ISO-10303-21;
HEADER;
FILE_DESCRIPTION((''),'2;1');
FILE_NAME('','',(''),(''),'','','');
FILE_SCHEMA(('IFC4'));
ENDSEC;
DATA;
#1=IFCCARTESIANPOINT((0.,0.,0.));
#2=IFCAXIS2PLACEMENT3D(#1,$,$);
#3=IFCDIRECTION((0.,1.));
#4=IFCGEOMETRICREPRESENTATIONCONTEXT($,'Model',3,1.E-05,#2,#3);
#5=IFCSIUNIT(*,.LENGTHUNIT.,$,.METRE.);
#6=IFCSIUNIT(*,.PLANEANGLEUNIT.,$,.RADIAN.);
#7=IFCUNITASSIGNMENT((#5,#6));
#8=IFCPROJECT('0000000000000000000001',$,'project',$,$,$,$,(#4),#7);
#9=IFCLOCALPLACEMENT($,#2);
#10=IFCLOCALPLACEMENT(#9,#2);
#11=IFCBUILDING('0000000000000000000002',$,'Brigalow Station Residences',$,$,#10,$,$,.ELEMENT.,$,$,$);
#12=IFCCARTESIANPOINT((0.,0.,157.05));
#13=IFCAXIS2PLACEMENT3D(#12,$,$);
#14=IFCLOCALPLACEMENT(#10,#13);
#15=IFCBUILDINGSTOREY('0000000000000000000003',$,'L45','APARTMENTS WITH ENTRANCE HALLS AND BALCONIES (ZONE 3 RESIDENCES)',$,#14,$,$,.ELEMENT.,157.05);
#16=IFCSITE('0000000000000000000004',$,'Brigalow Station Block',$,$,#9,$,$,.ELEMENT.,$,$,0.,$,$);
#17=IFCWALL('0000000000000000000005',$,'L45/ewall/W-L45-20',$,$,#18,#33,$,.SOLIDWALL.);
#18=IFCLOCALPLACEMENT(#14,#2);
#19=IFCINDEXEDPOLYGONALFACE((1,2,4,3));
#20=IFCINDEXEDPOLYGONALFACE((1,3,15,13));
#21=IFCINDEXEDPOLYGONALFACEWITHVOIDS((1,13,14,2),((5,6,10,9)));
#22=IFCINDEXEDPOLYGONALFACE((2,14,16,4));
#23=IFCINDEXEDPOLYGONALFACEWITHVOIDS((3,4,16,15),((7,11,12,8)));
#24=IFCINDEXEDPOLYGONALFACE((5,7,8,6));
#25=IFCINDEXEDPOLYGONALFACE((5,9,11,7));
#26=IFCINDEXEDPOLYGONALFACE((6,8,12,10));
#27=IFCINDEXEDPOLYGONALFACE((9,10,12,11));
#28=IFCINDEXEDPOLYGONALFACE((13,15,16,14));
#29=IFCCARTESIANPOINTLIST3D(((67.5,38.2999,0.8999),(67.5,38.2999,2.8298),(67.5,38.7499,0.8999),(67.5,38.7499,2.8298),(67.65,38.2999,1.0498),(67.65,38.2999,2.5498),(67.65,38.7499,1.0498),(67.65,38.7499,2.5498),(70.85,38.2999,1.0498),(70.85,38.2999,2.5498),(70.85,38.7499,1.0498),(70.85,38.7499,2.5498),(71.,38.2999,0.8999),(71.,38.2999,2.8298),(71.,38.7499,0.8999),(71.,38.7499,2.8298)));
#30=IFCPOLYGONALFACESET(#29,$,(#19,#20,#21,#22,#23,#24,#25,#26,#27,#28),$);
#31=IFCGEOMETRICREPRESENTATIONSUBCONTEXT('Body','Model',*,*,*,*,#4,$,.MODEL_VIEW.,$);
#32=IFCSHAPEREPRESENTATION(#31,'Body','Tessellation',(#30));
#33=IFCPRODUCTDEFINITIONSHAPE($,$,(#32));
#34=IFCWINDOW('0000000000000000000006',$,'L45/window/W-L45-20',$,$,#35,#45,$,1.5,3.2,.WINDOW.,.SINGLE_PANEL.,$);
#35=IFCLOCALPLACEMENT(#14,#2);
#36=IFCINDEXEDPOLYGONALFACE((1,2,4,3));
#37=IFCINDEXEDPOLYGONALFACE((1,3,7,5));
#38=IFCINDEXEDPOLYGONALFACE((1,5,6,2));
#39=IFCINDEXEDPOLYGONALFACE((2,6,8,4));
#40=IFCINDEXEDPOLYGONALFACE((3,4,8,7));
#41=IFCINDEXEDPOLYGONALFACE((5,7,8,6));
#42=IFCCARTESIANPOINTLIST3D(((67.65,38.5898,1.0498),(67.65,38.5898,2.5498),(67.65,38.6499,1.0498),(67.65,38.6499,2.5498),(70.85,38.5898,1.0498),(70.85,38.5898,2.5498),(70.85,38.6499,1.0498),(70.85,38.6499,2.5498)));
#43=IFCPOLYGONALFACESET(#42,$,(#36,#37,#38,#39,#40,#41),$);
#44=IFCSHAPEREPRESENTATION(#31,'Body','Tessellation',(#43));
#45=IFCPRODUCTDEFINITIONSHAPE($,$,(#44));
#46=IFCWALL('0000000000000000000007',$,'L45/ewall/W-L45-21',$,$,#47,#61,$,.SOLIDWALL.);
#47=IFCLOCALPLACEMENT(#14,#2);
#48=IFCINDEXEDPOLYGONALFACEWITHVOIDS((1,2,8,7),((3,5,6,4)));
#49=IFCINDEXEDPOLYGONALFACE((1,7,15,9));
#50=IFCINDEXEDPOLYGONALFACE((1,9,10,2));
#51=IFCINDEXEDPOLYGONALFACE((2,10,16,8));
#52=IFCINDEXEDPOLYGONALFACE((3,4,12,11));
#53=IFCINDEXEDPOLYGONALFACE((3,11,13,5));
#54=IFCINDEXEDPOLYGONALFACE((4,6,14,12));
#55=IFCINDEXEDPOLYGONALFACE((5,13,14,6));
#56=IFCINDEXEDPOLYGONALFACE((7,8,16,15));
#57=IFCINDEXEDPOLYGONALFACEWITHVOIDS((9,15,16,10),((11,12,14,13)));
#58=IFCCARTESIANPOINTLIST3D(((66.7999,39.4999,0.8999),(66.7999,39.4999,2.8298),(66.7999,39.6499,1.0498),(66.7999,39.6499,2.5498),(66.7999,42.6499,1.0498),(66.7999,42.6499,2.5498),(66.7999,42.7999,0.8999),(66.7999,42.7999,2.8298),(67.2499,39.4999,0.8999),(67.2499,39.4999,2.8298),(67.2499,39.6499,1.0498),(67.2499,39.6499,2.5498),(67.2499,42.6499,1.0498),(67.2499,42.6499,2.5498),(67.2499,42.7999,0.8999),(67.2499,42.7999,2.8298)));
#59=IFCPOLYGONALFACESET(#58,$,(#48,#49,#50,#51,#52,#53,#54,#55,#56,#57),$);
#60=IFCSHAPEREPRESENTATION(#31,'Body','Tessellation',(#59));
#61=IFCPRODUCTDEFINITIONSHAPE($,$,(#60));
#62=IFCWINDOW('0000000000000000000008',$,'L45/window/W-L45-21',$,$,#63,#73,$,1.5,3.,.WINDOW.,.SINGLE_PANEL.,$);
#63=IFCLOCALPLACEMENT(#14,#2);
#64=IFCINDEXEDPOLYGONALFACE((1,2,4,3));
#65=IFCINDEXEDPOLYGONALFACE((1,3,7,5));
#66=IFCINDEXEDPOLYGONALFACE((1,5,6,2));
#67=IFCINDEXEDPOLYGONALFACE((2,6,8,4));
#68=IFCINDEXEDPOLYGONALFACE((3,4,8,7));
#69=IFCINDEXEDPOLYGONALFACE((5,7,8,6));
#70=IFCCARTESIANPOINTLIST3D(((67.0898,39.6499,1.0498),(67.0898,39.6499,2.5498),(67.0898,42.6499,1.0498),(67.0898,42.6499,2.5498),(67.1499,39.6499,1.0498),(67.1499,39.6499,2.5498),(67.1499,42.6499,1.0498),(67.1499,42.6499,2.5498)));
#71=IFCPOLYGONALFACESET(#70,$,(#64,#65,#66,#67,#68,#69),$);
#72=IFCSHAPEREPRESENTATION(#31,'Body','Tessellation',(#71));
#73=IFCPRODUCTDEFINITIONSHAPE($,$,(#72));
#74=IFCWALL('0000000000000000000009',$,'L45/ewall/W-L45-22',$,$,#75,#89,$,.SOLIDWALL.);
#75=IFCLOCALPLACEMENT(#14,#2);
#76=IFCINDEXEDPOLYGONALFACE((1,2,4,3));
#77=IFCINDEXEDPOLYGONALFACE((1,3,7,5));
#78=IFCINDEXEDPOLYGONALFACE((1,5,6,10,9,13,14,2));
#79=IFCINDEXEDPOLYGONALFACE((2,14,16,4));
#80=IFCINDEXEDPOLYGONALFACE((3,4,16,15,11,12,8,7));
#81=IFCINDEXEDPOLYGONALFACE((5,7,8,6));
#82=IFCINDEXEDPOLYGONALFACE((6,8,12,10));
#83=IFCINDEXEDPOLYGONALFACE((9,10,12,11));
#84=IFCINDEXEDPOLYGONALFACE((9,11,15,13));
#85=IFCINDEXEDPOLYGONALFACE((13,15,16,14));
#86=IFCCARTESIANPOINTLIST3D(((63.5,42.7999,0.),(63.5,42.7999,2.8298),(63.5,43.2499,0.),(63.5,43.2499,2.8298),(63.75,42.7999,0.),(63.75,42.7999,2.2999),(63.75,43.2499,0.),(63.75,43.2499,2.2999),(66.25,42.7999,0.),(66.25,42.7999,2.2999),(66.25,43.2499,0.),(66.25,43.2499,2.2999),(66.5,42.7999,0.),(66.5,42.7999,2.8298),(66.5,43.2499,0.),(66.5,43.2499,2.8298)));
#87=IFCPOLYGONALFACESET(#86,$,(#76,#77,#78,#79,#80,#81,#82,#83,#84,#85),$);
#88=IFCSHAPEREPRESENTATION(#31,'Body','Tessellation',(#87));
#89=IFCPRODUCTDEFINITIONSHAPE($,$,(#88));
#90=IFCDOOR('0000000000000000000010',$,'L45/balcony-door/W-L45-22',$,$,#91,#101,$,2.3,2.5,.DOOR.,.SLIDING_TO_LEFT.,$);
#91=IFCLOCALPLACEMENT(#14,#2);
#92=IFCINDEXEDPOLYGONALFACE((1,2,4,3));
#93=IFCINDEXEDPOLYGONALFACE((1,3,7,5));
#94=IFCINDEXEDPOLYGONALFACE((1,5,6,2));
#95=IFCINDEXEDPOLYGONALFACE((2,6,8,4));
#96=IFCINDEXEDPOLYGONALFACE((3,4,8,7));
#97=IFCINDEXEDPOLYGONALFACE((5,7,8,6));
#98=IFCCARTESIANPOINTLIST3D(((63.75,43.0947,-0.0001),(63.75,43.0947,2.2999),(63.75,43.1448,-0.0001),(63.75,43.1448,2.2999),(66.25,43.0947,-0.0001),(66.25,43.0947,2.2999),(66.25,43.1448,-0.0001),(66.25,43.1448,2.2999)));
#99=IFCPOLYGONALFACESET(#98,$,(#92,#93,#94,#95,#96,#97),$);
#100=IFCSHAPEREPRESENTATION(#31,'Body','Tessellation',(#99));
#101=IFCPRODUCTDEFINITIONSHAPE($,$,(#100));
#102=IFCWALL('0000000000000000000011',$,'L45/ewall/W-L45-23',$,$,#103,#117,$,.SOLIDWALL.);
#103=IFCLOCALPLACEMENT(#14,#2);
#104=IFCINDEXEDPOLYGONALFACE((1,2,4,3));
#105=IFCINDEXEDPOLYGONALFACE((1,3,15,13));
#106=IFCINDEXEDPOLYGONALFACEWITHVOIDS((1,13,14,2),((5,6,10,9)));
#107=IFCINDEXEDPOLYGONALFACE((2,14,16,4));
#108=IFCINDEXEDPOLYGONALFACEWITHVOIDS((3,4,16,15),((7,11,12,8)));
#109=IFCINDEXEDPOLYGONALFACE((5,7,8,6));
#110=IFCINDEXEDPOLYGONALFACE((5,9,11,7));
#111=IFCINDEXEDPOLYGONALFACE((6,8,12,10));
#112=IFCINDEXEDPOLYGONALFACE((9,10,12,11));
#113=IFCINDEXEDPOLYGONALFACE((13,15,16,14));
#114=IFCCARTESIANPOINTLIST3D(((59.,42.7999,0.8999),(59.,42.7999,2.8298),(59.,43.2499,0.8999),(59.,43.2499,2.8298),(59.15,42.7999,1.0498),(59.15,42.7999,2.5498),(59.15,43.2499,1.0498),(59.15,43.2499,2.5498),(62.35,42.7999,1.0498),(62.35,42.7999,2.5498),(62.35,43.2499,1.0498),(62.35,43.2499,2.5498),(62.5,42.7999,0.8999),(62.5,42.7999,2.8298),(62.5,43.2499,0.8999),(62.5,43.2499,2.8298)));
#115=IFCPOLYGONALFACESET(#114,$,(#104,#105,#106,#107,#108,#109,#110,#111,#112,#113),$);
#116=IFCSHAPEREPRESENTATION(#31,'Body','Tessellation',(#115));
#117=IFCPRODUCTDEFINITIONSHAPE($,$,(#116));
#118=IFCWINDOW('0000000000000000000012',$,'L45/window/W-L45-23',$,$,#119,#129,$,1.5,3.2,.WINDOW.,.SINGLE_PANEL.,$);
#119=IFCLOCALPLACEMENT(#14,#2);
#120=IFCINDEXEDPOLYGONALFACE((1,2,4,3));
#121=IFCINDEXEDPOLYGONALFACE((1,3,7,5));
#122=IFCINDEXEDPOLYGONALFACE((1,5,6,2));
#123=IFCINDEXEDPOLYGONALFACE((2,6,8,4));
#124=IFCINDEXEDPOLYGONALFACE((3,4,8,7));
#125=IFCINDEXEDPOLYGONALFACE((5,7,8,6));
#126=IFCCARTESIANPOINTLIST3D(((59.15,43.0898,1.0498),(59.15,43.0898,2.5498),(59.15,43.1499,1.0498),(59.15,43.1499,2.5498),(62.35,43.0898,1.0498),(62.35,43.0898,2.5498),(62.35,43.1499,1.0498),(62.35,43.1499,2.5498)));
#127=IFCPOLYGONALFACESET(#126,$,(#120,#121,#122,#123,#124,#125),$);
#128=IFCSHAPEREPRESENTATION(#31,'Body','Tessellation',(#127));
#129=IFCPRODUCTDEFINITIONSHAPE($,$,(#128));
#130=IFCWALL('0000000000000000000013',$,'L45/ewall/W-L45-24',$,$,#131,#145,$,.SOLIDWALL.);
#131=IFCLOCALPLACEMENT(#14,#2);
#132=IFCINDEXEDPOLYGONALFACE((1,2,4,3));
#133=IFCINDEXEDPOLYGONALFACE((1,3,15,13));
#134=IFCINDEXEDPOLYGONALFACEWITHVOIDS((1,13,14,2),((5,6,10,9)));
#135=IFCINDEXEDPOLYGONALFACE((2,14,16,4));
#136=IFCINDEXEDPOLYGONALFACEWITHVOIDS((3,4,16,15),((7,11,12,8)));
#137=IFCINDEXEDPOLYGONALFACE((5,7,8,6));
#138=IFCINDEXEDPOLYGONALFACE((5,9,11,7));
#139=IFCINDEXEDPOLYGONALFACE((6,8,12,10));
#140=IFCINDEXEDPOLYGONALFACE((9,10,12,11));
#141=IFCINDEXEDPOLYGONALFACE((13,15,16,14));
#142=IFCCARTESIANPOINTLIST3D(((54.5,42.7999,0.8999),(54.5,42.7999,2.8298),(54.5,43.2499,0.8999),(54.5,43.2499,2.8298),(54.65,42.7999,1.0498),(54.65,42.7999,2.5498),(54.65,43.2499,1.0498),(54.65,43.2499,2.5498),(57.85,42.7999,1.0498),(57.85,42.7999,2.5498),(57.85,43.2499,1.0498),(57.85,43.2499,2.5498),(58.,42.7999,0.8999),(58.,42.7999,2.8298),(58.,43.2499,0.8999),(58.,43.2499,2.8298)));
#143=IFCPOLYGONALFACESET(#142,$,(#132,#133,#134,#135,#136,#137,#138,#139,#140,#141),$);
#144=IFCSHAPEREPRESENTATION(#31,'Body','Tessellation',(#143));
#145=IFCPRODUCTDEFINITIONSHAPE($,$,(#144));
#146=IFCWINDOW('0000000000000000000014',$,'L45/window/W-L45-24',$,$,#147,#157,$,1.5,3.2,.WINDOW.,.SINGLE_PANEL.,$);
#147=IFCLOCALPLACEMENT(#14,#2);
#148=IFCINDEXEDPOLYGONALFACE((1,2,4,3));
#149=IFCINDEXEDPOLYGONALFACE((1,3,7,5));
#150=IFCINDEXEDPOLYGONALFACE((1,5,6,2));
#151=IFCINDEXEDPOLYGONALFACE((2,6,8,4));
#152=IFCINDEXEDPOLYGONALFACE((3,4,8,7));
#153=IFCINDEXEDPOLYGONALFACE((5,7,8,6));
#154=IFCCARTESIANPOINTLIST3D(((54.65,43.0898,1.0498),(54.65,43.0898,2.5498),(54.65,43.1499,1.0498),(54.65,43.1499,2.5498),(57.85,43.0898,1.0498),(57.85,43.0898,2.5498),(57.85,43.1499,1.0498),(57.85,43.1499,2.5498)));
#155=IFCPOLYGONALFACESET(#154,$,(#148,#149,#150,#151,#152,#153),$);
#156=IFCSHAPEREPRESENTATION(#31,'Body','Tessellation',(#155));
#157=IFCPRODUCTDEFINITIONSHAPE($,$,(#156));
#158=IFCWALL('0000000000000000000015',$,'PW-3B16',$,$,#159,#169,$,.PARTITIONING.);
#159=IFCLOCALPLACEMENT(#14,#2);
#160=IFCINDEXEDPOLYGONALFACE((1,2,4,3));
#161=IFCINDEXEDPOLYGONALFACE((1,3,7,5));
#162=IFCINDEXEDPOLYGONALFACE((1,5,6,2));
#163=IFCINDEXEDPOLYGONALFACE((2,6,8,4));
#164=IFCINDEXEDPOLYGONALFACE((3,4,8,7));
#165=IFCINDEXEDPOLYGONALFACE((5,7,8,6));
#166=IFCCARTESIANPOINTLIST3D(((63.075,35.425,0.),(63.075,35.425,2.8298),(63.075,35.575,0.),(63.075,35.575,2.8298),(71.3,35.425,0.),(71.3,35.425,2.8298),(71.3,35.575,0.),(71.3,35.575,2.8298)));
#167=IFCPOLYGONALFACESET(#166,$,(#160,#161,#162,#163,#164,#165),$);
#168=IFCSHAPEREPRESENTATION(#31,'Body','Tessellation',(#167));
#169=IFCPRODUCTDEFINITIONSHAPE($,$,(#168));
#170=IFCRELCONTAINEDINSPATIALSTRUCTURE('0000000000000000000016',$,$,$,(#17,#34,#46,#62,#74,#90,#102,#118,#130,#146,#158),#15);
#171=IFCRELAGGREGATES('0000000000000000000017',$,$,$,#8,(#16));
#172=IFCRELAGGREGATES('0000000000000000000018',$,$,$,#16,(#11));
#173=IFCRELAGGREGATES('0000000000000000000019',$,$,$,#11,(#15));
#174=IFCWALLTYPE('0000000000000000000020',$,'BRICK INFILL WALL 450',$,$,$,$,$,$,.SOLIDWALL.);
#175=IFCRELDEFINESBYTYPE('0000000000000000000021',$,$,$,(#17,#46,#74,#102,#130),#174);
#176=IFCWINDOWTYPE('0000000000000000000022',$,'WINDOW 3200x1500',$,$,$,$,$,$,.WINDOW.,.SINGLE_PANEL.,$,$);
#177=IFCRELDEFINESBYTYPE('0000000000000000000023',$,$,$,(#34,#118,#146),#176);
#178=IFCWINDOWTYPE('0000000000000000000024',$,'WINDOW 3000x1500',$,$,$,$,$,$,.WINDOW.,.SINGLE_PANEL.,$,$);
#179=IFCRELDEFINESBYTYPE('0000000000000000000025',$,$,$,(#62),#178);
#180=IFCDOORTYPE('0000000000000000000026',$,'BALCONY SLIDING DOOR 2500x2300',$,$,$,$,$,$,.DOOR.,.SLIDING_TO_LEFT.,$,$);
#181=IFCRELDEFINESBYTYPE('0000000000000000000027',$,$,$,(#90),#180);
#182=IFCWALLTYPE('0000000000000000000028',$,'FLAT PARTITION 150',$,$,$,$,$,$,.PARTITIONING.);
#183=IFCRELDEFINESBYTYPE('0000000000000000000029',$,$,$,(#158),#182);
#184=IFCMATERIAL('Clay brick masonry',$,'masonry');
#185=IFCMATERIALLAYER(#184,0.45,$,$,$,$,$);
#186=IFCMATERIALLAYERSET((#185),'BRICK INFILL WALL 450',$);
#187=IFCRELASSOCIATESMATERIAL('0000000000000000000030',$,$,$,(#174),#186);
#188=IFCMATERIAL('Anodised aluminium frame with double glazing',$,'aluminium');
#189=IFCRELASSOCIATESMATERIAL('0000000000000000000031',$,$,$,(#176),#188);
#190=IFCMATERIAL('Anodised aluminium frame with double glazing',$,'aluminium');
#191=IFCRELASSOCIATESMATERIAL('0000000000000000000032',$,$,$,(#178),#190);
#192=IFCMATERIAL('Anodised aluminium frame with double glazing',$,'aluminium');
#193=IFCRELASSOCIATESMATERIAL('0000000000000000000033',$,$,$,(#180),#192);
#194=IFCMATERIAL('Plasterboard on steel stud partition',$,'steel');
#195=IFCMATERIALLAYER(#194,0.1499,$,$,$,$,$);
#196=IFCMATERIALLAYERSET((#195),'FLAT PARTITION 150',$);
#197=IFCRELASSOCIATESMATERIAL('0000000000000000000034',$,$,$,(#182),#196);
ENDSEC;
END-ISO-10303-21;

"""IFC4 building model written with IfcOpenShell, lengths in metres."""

from ifc_helpers import new_model, si_unit, direction, frame, frame_2d, origin, place, context, subcontext, project, spatial, rectangle, extrude, material, layer, layer_set, type_object, element, fill, save


model = new_model("IFC4")

# Units and contexts
model_context = context("Model", 3, precision=1e-05, world=origin(), true_north=direction((0.0, 1.0)))
body_context = subcontext(model_context, "Body", "Model", "MODEL_VIEW")
ifc_project = project(units=[si_unit("LENGTHUNIT", "METRE"), si_unit("PLANEANGLEUNIT", "RADIAN")], contexts=[model_context])

# Site, building, storey
site_placement = place(None, origin())
site = spatial("IfcSite", under=ifc_project, at=site_placement, Name="Brigalow Station Block", CompositionType="ELEMENT", RefElevation=0.0)
building_placement = place(site_placement, origin())
building = spatial("IfcBuilding", under=site, at=building_placement, Name="Brigalow Station Residences", CompositionType="ELEMENT")
storey_placement = place(building_placement, frame((0.0, 0.0, 157.05)))
storey = spatial("IfcBuildingStorey", under=building, at=storey_placement, Name="L45", Description="APARTMENTS WITH ENTRANCE HALLS AND BALCONIES (ZONE 3 RESIDENCES)", CompositionType="ELEMENT", Elevation=157.05)

# Walls, openings, windows
ifc_material_1 = material(Name="Clay brick masonry", Category="masonry")
ifc_layer_1 = layer(ifc_material_1, 0.45)
ifc_layer_set_1 = layer_set([ifc_layer_1], Name="BRICK INFILL WALL 450")
wall_type_1 = type_object("IfcWallType", Name="BRICK INFILL WALL 450", PredefinedType="SOLIDWALL", material=ifc_layer_set_1)
wall_1_placement = place(storey_placement, frame((71.0, 38.5249, 0.8999), z_axis=(0.0, 0.0, 1.0), x_axis=(-1.0, 0.0, 0.0)))
wall_1 = element("IfcWall", 1, at=wall_1_placement, inside=storey, type_object=wall_type_1, Name="L45/ewall/W-L45-20", PredefinedType="SOLIDWALL", context=body_context, shape_type="SweptSolid", body=[
    extrude(rectangle(XDim=3.5, YDim=0.45, at=frame_2d((1.75, 0.0))), origin(), (0.0, 0.0, 1.0), 1.9299),
])
opening_1_placement = place(wall_1_placement, frame((0.1499, 0.0, 0.1499)))
opening_1 = element("IfcOpeningElement", 2, at=opening_1_placement, cuts=wall_1, PredefinedType="OPENING", context=body_context, shape_type="SweptSolid", body=[
    extrude(rectangle(XDim=3.2, YDim=1.5, at=frame_2d((1.6001, 0.75))), frame((0.0, 0.2349, 0.0), z_axis=(0.0, -1.0, 0.0), x_axis=(1.0, 0.0, 0.0)), (0.0, 0.0, 1.0), 0.47),
])
ifc_material_2 = material(Name="Anodised aluminium frame with double glazing", Category="aluminium")
window_type_1 = type_object("IfcWindowType", Name="WINDOW 3200x1500", PartitioningType="SINGLE_PANEL", PredefinedType="WINDOW", material=ifc_material_2)
window_1_placement = place(opening_1_placement, origin())
window_1 = element("IfcWindow", 3, at=window_1_placement, inside=storey, type_object=window_type_1, Name="L45/window/W-L45-20", OverallHeight=1.5, OverallWidth=3.2, PartitioningType="SINGLE_PANEL", PredefinedType="WINDOW", context=body_context, shape_type="SweptSolid", body=[
    extrude(rectangle(XDim=3.2, YDim=1.5, at=frame_2d((1.6001, 0.75))), frame((0.0, -0.0649, 0.0), z_axis=(0.0, -1.0, 0.0), x_axis=(1.0, 0.0, 0.0)), (0.0, 0.0, 1.0), 0.0601),
])
fill(opening_1, window_1)
wall_2_placement = place(storey_placement, frame((67.0249, 39.5, 0.8999), z_axis=(0.0, 0.0, 1.0), x_axis=(0.0, 1.0, 0.0)))
wall_2 = element("IfcWall", 4, at=wall_2_placement, inside=storey, type_object=wall_type_1, Name="L45/ewall/W-L45-21", PredefinedType="SOLIDWALL", context=body_context, shape_type="SweptSolid", body=[
    extrude(rectangle(XDim=3.3, YDim=0.45, at=frame_2d((1.6499, 0.0))), origin(), (0.0, 0.0, 1.0), 1.9299),
])
opening_2_placement = place(wall_2_placement, frame((0.1499, 0.0, 0.1499)))
opening_2 = element("IfcOpeningElement", 5, at=opening_2_placement, cuts=wall_2, PredefinedType="OPENING", context=body_context, shape_type="SweptSolid", body=[
    extrude(rectangle(XDim=3.0, YDim=1.5, at=frame_2d((1.5, 0.75))), frame((0.0, 0.2349, 0.0), z_axis=(0.0, -1.0, 0.0), x_axis=(1.0, 0.0, 0.0)), (0.0, 0.0, 1.0), 0.47),
])
ifc_material_3 = material(Name="Anodised aluminium frame with double glazing", Category="aluminium")
window_type_2 = type_object("IfcWindowType", Name="WINDOW 3000x1500", PartitioningType="SINGLE_PANEL", PredefinedType="WINDOW", material=ifc_material_3)
window_2_placement = place(opening_2_placement, origin())
window_2 = element("IfcWindow", 6, at=window_2_placement, inside=storey, type_object=window_type_2, Name="L45/window/W-L45-21", OverallHeight=1.5, OverallWidth=3.0, PartitioningType="SINGLE_PANEL", PredefinedType="WINDOW", context=body_context, shape_type="SweptSolid", body=[
    extrude(rectangle(XDim=3.0, YDim=1.5, at=frame_2d((1.5, 0.75))), frame((0.0, -0.0649, 0.0), z_axis=(0.0, -1.0, 0.0), x_axis=(1.0, 0.0, 0.0)), (0.0, 0.0, 1.0), 0.0601),
])
fill(opening_2, window_2)

# Wall, opening, door
wall_3_placement = place(storey_placement, frame((66.5, 43.0249, 0.0), z_axis=(0.0, 0.0, 1.0), x_axis=(-1.0, 0.0, 0.0)))
wall_3 = element("IfcWall", 7, at=wall_3_placement, inside=storey, type_object=wall_type_1, Name="L45/ewall/W-L45-22", PredefinedType="SOLIDWALL", context=body_context, shape_type="SweptSolid", body=[
    extrude(rectangle(XDim=3.0, YDim=0.45, at=frame_2d((1.5, 0.0))), origin(), (0.0, 0.0, 1.0), 2.8298),
])
opening_3_placement = place(wall_3_placement, frame((0.25, 0.0, 0.0)))
opening_3 = element("IfcOpeningElement", 8, at=opening_3_placement, cuts=wall_3, PredefinedType="OPENING", context=body_context, shape_type="SweptSolid", body=[
    extrude(rectangle(XDim=2.5, YDim=2.3, at=frame_2d((1.25, 1.1499))), frame((0.0, 0.2349, 0.0), z_axis=(0.0, -1.0, 0.0), x_axis=(1.0, 0.0, 0.0)), (0.0, 0.0, 1.0), 0.47),
])
ifc_material_4 = material(Name="Anodised aluminium frame with double glazing", Category="aluminium")
door_type_1 = type_object("IfcDoorType", Name="BALCONY SLIDING DOOR 2500x2300", OperationType="SLIDING_TO_LEFT", PredefinedType="DOOR", material=ifc_material_4)
door_1_placement = place(opening_3_placement, origin())
door_1 = element("IfcDoor", 9, at=door_1_placement, inside=storey, type_object=door_type_1, Name="L45/balcony-door/W-L45-22", OperationType="SLIDING_TO_LEFT", OverallHeight=2.3, OverallWidth=2.5, PredefinedType="DOOR", context=body_context, shape_type="SweptSolid", body=[
    extrude(rectangle(XDim=2.5, YDim=2.3, at=frame_2d((1.25, 1.1499))), frame((0.0, -0.0698, 0.0), z_axis=(0.0, -1.0, 0.0), x_axis=(1.0, 0.0, 0.0)), (0.0, 0.0, 1.0), 0.05),
])
fill(opening_3, door_1)

# Walls, openings, windows
wall_4_placement = place(storey_placement, frame((62.5, 43.0249, 0.8999), z_axis=(0.0, 0.0, 1.0), x_axis=(-1.0, 0.0, 0.0)))
wall_4 = element("IfcWall", 10, at=wall_4_placement, inside=storey, type_object=wall_type_1, Name="L45/ewall/W-L45-23", PredefinedType="SOLIDWALL", context=body_context, shape_type="SweptSolid", body=[
    extrude(rectangle(XDim=3.5, YDim=0.45, at=frame_2d((1.75, 0.0))), origin(), (0.0, 0.0, 1.0), 1.9299),
])
opening_4_placement = place(wall_4_placement, frame((0.1499, 0.0, 0.1499)))
opening_4 = element("IfcOpeningElement", 11, at=opening_4_placement, cuts=wall_4, PredefinedType="OPENING", context=body_context, shape_type="SweptSolid", body=[
    extrude(rectangle(XDim=3.2, YDim=1.5, at=frame_2d((1.6001, 0.75))), frame((0.0, 0.2349, 0.0), z_axis=(0.0, -1.0, 0.0), x_axis=(1.0, 0.0, 0.0)), (0.0, 0.0, 1.0), 0.47),
])
window_3_placement = place(opening_4_placement, origin())
window_3 = element("IfcWindow", 12, at=window_3_placement, inside=storey, type_object=window_type_1, Name="L45/window/W-L45-23", OverallHeight=1.5, OverallWidth=3.2, PartitioningType="SINGLE_PANEL", PredefinedType="WINDOW", context=body_context, shape_type="SweptSolid", body=[
    extrude(rectangle(XDim=3.2, YDim=1.5, at=frame_2d((1.6001, 0.75))), frame((0.0, -0.0649, 0.0), z_axis=(0.0, -1.0, 0.0), x_axis=(1.0, 0.0, 0.0)), (0.0, 0.0, 1.0), 0.0601),
])
fill(opening_4, window_3)
wall_5_placement = place(storey_placement, frame((58.0, 43.0249, 0.8999), z_axis=(0.0, 0.0, 1.0), x_axis=(-1.0, 0.0, 0.0)))
wall_5 = element("IfcWall", 13, at=wall_5_placement, inside=storey, type_object=wall_type_1, Name="L45/ewall/W-L45-24", PredefinedType="SOLIDWALL", context=body_context, shape_type="SweptSolid", body=[
    extrude(rectangle(XDim=3.5, YDim=0.45, at=frame_2d((1.75, 0.0))), origin(), (0.0, 0.0, 1.0), 1.9299),
])
opening_5_placement = place(wall_5_placement, frame((0.1499, 0.0, 0.1499)))
opening_5 = element("IfcOpeningElement", 14, at=opening_5_placement, cuts=wall_5, PredefinedType="OPENING", context=body_context, shape_type="SweptSolid", body=[
    extrude(rectangle(XDim=3.2, YDim=1.5, at=frame_2d((1.6001, 0.75))), frame((0.0, 0.2349, 0.0), z_axis=(0.0, -1.0, 0.0), x_axis=(1.0, 0.0, 0.0)), (0.0, 0.0, 1.0), 0.47),
])
window_4_placement = place(opening_5_placement, origin())
window_4 = element("IfcWindow", 15, at=window_4_placement, inside=storey, type_object=window_type_1, Name="L45/window/W-L45-24", OverallHeight=1.5, OverallWidth=3.2, PartitioningType="SINGLE_PANEL", PredefinedType="WINDOW", context=body_context, shape_type="SweptSolid", body=[
    extrude(rectangle(XDim=3.2, YDim=1.5, at=frame_2d((1.6001, 0.75))), frame((0.0, -0.0649, 0.0), z_axis=(0.0, -1.0, 0.0), x_axis=(1.0, 0.0, 0.0)), (0.0, 0.0, 1.0), 0.0601),
])
fill(opening_5, window_4)

# Wall
ifc_material_5 = material(Name="Plasterboard on steel stud partition", Category="steel")
ifc_layer_2 = layer(ifc_material_5, 0.1499)
ifc_layer_set_2 = layer_set([ifc_layer_2], Name="FLAT PARTITION 150")
wall_type_2 = type_object("IfcWallType", Name="FLAT PARTITION 150", PredefinedType="PARTITIONING", material=ifc_layer_set_2)
wall_6_placement = place(storey_placement, frame((63.075, 35.5, 0.0), z_axis=(0.0, 0.0, 1.0), x_axis=(1.0, 0.0, 0.0)))
element("IfcWall", 16, at=wall_6_placement, inside=storey, type_object=wall_type_2, Name="PW-3B16", PredefinedType="PARTITIONING", context=body_context, shape_type="SweptSolid", body=[
    extrude(rectangle(XDim=8.2251, YDim=0.1499, at=frame_2d((4.1125, 0.0))), origin(), (0.0, 0.0, 1.0), 2.8298),
])

save(model, "model.ifc")
